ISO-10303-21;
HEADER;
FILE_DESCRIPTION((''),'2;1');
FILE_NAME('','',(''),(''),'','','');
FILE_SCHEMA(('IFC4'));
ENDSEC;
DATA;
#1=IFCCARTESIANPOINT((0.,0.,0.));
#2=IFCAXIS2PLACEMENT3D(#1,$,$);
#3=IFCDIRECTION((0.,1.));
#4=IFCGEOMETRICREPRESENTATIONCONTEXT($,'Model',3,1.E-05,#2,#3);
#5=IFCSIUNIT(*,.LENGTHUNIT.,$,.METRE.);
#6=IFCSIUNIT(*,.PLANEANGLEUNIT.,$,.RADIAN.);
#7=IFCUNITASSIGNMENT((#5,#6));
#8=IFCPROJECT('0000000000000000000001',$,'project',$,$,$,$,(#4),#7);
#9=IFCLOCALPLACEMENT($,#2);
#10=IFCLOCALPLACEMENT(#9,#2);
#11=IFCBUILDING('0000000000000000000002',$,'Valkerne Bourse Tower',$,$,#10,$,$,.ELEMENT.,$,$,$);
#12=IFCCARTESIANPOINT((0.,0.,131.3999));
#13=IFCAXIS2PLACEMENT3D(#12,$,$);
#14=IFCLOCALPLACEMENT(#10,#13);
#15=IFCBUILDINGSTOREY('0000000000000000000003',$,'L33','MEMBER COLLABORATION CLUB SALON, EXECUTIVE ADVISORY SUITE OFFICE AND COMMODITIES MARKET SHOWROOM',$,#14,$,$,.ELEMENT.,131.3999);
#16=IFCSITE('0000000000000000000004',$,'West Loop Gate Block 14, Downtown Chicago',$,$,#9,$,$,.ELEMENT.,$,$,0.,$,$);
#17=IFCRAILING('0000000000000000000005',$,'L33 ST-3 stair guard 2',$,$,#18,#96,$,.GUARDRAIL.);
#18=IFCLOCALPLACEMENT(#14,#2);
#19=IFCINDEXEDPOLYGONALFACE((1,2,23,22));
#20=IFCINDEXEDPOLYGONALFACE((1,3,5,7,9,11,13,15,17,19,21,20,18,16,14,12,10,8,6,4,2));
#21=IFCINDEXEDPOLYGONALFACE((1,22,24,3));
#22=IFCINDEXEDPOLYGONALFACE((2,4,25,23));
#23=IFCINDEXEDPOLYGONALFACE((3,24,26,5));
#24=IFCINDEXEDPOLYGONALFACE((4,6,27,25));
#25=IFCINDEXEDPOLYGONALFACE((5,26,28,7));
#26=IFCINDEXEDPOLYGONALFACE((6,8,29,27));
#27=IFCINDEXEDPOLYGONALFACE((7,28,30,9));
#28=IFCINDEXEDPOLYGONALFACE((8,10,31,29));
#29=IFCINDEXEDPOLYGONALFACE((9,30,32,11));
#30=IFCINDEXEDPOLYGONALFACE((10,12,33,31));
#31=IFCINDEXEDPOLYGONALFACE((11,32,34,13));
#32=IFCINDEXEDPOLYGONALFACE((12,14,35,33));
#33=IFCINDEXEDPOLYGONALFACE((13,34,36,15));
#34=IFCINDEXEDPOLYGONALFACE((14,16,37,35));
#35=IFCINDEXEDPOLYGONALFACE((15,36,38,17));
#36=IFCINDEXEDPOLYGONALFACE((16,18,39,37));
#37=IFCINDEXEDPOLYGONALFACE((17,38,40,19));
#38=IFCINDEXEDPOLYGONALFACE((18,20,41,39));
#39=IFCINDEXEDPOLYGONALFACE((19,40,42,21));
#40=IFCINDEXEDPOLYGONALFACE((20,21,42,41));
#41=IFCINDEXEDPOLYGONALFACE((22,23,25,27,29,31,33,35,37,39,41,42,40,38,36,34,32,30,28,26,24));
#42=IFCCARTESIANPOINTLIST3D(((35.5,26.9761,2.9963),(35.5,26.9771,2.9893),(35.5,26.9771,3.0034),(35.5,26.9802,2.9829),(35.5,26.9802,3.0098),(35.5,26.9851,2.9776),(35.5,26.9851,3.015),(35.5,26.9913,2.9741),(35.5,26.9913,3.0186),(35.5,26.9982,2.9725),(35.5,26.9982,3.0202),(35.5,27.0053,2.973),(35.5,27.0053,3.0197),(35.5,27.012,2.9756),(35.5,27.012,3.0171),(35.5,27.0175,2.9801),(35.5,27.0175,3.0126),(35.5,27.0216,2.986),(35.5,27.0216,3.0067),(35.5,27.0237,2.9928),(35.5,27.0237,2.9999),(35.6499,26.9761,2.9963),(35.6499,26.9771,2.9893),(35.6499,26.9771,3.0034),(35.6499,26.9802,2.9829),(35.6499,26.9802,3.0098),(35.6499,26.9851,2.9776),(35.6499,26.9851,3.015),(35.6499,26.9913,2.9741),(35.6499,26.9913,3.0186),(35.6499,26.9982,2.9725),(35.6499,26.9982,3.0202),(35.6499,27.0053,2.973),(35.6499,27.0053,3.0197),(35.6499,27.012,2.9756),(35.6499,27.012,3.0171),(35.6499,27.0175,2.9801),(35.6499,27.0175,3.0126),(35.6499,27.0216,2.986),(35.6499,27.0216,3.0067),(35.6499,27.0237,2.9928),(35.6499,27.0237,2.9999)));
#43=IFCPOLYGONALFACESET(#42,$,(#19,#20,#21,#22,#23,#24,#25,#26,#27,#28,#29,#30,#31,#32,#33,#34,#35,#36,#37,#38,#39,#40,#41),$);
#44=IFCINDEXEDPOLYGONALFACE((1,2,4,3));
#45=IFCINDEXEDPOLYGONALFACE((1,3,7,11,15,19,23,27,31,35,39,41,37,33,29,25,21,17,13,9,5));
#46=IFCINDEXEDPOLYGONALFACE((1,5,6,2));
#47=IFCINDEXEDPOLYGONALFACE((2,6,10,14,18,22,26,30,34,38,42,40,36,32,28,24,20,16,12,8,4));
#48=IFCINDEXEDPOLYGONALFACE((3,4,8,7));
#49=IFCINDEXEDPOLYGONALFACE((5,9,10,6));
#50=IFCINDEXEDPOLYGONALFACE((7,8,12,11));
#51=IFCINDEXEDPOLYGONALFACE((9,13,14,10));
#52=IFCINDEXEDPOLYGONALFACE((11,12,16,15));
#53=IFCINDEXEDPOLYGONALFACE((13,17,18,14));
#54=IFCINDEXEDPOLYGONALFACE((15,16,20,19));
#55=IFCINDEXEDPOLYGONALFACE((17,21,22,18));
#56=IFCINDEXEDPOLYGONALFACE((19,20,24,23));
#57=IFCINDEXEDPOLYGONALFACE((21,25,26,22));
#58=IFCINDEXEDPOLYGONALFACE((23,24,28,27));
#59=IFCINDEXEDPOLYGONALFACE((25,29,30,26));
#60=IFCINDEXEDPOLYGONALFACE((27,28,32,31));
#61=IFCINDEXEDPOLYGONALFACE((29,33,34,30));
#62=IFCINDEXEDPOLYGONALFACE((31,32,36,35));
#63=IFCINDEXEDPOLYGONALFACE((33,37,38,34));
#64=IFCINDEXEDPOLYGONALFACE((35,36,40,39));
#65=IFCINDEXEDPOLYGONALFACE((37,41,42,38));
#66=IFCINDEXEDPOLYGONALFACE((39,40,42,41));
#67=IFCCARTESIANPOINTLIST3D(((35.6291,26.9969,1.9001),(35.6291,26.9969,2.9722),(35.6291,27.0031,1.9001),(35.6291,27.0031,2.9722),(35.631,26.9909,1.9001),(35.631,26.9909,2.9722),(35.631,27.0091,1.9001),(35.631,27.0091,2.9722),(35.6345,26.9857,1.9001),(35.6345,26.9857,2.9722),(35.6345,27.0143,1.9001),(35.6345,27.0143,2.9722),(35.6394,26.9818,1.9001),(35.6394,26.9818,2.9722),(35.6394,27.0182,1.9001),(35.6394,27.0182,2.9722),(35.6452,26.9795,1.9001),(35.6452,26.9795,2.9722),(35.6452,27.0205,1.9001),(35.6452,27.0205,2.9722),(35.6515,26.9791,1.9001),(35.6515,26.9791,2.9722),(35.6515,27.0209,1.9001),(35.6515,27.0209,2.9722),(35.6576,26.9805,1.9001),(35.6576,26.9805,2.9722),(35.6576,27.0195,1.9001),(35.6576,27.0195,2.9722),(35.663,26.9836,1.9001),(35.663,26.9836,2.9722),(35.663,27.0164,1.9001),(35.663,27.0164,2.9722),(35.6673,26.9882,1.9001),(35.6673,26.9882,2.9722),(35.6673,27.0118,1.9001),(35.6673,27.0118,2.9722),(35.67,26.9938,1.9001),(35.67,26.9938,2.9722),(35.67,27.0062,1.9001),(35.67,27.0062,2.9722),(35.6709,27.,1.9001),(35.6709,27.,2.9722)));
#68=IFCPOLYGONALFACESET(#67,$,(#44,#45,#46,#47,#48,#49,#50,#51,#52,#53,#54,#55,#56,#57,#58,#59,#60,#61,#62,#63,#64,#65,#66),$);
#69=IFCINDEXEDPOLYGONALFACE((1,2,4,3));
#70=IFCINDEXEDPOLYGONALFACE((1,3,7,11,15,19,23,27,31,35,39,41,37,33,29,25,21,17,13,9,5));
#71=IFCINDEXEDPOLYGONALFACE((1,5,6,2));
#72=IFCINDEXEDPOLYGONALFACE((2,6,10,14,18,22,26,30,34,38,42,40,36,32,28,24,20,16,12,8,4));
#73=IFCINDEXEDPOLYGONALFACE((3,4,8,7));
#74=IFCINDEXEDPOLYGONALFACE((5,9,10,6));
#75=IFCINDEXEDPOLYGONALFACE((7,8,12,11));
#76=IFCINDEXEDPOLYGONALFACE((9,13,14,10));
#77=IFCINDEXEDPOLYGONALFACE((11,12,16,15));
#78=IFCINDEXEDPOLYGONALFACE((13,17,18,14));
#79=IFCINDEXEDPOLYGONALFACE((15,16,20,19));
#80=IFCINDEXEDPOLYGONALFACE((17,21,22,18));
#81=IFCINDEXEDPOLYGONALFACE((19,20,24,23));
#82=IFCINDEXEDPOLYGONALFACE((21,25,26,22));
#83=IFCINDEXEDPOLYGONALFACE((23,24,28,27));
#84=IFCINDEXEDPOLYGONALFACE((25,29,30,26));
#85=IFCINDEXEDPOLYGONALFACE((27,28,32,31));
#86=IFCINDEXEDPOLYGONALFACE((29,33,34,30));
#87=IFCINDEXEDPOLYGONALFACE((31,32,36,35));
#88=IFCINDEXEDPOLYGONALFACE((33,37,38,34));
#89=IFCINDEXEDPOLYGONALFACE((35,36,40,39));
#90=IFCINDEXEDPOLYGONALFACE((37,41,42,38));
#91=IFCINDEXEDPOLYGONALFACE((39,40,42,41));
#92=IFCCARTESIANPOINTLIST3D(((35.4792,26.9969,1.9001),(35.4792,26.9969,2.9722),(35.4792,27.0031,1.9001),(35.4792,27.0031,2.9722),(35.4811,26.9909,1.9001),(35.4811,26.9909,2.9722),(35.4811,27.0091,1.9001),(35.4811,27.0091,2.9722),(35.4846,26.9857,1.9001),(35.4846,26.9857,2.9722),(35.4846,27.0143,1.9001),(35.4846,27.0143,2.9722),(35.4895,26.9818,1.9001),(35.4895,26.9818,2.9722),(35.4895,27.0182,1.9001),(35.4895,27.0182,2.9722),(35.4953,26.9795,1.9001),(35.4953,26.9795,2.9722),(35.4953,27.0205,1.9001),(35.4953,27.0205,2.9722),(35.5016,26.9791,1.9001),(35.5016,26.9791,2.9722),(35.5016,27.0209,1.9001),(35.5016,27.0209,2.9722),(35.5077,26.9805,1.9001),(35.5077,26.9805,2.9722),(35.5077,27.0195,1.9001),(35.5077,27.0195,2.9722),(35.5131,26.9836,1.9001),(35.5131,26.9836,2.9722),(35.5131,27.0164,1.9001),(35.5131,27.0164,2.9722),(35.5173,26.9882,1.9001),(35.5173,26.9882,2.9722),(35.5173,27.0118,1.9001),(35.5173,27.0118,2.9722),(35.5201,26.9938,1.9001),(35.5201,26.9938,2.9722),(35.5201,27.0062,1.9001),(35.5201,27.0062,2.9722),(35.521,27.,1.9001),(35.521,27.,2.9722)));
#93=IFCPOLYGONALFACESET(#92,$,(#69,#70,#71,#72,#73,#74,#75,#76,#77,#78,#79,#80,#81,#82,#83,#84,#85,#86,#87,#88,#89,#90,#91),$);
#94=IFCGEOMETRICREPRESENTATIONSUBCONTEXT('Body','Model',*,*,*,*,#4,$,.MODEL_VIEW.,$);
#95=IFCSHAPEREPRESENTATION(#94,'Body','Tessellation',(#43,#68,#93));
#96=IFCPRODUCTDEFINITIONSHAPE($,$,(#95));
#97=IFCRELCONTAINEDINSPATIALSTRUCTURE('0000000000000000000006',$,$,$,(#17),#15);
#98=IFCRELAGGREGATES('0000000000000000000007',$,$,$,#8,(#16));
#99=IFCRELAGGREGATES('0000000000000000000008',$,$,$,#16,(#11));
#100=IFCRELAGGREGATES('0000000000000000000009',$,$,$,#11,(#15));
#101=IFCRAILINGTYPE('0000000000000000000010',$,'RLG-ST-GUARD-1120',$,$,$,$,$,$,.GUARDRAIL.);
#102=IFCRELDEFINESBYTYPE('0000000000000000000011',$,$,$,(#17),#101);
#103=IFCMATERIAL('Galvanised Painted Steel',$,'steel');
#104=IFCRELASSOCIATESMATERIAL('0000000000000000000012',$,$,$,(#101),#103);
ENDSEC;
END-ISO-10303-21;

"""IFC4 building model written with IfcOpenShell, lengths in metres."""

from ifc_helpers import new_model, si_unit, direction, frame, origin, origin_2d, place, context, subcontext, project, spatial, circle, extrude, material, type_object, element, save


model = new_model("IFC4")

# Units and contexts
model_context = context("Model", 3, precision=1e-05, world=origin(), true_north=direction((0.0, 1.0)))
body_context = subcontext(model_context, "Body", "Model", "MODEL_VIEW")
ifc_project = project(units=[si_unit("LENGTHUNIT", "METRE"), si_unit("PLANEANGLEUNIT", "RADIAN")], contexts=[model_context])

# Site, building, storey
site_placement = place(None, origin())
site = spatial("IfcSite", under=ifc_project, at=site_placement, Name="West Loop Gate Block 14, Downtown Chicago", CompositionType="ELEMENT", RefElevation=0.0)
building_placement = place(site_placement, origin())
building = spatial("IfcBuilding", under=site, at=building_placement, Name="Valkerne Bourse Tower", CompositionType="ELEMENT")
storey_placement = place(building_placement, frame((0.0, 0.0, 131.3999)))
storey = spatial("IfcBuildingStorey", under=building, at=storey_placement, Name="L33", Description="MEMBER COLLABORATION CLUB SALON, EXECUTIVE ADVISORY SUITE OFFICE AND COMMODITIES MARKET SHOWROOM", CompositionType="ELEMENT", Elevation=131.3999)

# Shared definitions
ifc_material_1 = material(Name="Galvanised Painted Steel", Category="steel")

# Railing
railing_type_1 = type_object("IfcRailingType", Name="RLG-ST-GUARD-1120", PredefinedType="GUARDRAIL", material=ifc_material_1)
railing_1_placement = place(storey_placement, frame((35.6499, 27.0, 1.9001)))
element("IfcRailing", 1, at=railing_1_placement, inside=storey, type_object=railing_type_1, Name="L33 ST-3 stair guard 2", PredefinedType="GUARDRAIL", context=body_context, shape_type="SweptSolid", body=[
    extrude(circle(Radius=0.0239, at=origin_2d()), frame((0.0, 0.0, 1.0962), z_axis=(-1.0, 0.0, 0.0), x_axis=(0.0, -1.0, 0.0)), (0.0, 0.0, 1.0), 0.1499),
    extrude(circle(Radius=0.021, at=origin_2d()), origin(), (0.0, 0.0, 1.0), 1.072),
    extrude(circle(Radius=0.021, at=origin_2d()), frame((-0.1499, 0.0, 0.0)), (0.0, 0.0, 1.0), 1.072),
])

save(model, "model.ifc")
